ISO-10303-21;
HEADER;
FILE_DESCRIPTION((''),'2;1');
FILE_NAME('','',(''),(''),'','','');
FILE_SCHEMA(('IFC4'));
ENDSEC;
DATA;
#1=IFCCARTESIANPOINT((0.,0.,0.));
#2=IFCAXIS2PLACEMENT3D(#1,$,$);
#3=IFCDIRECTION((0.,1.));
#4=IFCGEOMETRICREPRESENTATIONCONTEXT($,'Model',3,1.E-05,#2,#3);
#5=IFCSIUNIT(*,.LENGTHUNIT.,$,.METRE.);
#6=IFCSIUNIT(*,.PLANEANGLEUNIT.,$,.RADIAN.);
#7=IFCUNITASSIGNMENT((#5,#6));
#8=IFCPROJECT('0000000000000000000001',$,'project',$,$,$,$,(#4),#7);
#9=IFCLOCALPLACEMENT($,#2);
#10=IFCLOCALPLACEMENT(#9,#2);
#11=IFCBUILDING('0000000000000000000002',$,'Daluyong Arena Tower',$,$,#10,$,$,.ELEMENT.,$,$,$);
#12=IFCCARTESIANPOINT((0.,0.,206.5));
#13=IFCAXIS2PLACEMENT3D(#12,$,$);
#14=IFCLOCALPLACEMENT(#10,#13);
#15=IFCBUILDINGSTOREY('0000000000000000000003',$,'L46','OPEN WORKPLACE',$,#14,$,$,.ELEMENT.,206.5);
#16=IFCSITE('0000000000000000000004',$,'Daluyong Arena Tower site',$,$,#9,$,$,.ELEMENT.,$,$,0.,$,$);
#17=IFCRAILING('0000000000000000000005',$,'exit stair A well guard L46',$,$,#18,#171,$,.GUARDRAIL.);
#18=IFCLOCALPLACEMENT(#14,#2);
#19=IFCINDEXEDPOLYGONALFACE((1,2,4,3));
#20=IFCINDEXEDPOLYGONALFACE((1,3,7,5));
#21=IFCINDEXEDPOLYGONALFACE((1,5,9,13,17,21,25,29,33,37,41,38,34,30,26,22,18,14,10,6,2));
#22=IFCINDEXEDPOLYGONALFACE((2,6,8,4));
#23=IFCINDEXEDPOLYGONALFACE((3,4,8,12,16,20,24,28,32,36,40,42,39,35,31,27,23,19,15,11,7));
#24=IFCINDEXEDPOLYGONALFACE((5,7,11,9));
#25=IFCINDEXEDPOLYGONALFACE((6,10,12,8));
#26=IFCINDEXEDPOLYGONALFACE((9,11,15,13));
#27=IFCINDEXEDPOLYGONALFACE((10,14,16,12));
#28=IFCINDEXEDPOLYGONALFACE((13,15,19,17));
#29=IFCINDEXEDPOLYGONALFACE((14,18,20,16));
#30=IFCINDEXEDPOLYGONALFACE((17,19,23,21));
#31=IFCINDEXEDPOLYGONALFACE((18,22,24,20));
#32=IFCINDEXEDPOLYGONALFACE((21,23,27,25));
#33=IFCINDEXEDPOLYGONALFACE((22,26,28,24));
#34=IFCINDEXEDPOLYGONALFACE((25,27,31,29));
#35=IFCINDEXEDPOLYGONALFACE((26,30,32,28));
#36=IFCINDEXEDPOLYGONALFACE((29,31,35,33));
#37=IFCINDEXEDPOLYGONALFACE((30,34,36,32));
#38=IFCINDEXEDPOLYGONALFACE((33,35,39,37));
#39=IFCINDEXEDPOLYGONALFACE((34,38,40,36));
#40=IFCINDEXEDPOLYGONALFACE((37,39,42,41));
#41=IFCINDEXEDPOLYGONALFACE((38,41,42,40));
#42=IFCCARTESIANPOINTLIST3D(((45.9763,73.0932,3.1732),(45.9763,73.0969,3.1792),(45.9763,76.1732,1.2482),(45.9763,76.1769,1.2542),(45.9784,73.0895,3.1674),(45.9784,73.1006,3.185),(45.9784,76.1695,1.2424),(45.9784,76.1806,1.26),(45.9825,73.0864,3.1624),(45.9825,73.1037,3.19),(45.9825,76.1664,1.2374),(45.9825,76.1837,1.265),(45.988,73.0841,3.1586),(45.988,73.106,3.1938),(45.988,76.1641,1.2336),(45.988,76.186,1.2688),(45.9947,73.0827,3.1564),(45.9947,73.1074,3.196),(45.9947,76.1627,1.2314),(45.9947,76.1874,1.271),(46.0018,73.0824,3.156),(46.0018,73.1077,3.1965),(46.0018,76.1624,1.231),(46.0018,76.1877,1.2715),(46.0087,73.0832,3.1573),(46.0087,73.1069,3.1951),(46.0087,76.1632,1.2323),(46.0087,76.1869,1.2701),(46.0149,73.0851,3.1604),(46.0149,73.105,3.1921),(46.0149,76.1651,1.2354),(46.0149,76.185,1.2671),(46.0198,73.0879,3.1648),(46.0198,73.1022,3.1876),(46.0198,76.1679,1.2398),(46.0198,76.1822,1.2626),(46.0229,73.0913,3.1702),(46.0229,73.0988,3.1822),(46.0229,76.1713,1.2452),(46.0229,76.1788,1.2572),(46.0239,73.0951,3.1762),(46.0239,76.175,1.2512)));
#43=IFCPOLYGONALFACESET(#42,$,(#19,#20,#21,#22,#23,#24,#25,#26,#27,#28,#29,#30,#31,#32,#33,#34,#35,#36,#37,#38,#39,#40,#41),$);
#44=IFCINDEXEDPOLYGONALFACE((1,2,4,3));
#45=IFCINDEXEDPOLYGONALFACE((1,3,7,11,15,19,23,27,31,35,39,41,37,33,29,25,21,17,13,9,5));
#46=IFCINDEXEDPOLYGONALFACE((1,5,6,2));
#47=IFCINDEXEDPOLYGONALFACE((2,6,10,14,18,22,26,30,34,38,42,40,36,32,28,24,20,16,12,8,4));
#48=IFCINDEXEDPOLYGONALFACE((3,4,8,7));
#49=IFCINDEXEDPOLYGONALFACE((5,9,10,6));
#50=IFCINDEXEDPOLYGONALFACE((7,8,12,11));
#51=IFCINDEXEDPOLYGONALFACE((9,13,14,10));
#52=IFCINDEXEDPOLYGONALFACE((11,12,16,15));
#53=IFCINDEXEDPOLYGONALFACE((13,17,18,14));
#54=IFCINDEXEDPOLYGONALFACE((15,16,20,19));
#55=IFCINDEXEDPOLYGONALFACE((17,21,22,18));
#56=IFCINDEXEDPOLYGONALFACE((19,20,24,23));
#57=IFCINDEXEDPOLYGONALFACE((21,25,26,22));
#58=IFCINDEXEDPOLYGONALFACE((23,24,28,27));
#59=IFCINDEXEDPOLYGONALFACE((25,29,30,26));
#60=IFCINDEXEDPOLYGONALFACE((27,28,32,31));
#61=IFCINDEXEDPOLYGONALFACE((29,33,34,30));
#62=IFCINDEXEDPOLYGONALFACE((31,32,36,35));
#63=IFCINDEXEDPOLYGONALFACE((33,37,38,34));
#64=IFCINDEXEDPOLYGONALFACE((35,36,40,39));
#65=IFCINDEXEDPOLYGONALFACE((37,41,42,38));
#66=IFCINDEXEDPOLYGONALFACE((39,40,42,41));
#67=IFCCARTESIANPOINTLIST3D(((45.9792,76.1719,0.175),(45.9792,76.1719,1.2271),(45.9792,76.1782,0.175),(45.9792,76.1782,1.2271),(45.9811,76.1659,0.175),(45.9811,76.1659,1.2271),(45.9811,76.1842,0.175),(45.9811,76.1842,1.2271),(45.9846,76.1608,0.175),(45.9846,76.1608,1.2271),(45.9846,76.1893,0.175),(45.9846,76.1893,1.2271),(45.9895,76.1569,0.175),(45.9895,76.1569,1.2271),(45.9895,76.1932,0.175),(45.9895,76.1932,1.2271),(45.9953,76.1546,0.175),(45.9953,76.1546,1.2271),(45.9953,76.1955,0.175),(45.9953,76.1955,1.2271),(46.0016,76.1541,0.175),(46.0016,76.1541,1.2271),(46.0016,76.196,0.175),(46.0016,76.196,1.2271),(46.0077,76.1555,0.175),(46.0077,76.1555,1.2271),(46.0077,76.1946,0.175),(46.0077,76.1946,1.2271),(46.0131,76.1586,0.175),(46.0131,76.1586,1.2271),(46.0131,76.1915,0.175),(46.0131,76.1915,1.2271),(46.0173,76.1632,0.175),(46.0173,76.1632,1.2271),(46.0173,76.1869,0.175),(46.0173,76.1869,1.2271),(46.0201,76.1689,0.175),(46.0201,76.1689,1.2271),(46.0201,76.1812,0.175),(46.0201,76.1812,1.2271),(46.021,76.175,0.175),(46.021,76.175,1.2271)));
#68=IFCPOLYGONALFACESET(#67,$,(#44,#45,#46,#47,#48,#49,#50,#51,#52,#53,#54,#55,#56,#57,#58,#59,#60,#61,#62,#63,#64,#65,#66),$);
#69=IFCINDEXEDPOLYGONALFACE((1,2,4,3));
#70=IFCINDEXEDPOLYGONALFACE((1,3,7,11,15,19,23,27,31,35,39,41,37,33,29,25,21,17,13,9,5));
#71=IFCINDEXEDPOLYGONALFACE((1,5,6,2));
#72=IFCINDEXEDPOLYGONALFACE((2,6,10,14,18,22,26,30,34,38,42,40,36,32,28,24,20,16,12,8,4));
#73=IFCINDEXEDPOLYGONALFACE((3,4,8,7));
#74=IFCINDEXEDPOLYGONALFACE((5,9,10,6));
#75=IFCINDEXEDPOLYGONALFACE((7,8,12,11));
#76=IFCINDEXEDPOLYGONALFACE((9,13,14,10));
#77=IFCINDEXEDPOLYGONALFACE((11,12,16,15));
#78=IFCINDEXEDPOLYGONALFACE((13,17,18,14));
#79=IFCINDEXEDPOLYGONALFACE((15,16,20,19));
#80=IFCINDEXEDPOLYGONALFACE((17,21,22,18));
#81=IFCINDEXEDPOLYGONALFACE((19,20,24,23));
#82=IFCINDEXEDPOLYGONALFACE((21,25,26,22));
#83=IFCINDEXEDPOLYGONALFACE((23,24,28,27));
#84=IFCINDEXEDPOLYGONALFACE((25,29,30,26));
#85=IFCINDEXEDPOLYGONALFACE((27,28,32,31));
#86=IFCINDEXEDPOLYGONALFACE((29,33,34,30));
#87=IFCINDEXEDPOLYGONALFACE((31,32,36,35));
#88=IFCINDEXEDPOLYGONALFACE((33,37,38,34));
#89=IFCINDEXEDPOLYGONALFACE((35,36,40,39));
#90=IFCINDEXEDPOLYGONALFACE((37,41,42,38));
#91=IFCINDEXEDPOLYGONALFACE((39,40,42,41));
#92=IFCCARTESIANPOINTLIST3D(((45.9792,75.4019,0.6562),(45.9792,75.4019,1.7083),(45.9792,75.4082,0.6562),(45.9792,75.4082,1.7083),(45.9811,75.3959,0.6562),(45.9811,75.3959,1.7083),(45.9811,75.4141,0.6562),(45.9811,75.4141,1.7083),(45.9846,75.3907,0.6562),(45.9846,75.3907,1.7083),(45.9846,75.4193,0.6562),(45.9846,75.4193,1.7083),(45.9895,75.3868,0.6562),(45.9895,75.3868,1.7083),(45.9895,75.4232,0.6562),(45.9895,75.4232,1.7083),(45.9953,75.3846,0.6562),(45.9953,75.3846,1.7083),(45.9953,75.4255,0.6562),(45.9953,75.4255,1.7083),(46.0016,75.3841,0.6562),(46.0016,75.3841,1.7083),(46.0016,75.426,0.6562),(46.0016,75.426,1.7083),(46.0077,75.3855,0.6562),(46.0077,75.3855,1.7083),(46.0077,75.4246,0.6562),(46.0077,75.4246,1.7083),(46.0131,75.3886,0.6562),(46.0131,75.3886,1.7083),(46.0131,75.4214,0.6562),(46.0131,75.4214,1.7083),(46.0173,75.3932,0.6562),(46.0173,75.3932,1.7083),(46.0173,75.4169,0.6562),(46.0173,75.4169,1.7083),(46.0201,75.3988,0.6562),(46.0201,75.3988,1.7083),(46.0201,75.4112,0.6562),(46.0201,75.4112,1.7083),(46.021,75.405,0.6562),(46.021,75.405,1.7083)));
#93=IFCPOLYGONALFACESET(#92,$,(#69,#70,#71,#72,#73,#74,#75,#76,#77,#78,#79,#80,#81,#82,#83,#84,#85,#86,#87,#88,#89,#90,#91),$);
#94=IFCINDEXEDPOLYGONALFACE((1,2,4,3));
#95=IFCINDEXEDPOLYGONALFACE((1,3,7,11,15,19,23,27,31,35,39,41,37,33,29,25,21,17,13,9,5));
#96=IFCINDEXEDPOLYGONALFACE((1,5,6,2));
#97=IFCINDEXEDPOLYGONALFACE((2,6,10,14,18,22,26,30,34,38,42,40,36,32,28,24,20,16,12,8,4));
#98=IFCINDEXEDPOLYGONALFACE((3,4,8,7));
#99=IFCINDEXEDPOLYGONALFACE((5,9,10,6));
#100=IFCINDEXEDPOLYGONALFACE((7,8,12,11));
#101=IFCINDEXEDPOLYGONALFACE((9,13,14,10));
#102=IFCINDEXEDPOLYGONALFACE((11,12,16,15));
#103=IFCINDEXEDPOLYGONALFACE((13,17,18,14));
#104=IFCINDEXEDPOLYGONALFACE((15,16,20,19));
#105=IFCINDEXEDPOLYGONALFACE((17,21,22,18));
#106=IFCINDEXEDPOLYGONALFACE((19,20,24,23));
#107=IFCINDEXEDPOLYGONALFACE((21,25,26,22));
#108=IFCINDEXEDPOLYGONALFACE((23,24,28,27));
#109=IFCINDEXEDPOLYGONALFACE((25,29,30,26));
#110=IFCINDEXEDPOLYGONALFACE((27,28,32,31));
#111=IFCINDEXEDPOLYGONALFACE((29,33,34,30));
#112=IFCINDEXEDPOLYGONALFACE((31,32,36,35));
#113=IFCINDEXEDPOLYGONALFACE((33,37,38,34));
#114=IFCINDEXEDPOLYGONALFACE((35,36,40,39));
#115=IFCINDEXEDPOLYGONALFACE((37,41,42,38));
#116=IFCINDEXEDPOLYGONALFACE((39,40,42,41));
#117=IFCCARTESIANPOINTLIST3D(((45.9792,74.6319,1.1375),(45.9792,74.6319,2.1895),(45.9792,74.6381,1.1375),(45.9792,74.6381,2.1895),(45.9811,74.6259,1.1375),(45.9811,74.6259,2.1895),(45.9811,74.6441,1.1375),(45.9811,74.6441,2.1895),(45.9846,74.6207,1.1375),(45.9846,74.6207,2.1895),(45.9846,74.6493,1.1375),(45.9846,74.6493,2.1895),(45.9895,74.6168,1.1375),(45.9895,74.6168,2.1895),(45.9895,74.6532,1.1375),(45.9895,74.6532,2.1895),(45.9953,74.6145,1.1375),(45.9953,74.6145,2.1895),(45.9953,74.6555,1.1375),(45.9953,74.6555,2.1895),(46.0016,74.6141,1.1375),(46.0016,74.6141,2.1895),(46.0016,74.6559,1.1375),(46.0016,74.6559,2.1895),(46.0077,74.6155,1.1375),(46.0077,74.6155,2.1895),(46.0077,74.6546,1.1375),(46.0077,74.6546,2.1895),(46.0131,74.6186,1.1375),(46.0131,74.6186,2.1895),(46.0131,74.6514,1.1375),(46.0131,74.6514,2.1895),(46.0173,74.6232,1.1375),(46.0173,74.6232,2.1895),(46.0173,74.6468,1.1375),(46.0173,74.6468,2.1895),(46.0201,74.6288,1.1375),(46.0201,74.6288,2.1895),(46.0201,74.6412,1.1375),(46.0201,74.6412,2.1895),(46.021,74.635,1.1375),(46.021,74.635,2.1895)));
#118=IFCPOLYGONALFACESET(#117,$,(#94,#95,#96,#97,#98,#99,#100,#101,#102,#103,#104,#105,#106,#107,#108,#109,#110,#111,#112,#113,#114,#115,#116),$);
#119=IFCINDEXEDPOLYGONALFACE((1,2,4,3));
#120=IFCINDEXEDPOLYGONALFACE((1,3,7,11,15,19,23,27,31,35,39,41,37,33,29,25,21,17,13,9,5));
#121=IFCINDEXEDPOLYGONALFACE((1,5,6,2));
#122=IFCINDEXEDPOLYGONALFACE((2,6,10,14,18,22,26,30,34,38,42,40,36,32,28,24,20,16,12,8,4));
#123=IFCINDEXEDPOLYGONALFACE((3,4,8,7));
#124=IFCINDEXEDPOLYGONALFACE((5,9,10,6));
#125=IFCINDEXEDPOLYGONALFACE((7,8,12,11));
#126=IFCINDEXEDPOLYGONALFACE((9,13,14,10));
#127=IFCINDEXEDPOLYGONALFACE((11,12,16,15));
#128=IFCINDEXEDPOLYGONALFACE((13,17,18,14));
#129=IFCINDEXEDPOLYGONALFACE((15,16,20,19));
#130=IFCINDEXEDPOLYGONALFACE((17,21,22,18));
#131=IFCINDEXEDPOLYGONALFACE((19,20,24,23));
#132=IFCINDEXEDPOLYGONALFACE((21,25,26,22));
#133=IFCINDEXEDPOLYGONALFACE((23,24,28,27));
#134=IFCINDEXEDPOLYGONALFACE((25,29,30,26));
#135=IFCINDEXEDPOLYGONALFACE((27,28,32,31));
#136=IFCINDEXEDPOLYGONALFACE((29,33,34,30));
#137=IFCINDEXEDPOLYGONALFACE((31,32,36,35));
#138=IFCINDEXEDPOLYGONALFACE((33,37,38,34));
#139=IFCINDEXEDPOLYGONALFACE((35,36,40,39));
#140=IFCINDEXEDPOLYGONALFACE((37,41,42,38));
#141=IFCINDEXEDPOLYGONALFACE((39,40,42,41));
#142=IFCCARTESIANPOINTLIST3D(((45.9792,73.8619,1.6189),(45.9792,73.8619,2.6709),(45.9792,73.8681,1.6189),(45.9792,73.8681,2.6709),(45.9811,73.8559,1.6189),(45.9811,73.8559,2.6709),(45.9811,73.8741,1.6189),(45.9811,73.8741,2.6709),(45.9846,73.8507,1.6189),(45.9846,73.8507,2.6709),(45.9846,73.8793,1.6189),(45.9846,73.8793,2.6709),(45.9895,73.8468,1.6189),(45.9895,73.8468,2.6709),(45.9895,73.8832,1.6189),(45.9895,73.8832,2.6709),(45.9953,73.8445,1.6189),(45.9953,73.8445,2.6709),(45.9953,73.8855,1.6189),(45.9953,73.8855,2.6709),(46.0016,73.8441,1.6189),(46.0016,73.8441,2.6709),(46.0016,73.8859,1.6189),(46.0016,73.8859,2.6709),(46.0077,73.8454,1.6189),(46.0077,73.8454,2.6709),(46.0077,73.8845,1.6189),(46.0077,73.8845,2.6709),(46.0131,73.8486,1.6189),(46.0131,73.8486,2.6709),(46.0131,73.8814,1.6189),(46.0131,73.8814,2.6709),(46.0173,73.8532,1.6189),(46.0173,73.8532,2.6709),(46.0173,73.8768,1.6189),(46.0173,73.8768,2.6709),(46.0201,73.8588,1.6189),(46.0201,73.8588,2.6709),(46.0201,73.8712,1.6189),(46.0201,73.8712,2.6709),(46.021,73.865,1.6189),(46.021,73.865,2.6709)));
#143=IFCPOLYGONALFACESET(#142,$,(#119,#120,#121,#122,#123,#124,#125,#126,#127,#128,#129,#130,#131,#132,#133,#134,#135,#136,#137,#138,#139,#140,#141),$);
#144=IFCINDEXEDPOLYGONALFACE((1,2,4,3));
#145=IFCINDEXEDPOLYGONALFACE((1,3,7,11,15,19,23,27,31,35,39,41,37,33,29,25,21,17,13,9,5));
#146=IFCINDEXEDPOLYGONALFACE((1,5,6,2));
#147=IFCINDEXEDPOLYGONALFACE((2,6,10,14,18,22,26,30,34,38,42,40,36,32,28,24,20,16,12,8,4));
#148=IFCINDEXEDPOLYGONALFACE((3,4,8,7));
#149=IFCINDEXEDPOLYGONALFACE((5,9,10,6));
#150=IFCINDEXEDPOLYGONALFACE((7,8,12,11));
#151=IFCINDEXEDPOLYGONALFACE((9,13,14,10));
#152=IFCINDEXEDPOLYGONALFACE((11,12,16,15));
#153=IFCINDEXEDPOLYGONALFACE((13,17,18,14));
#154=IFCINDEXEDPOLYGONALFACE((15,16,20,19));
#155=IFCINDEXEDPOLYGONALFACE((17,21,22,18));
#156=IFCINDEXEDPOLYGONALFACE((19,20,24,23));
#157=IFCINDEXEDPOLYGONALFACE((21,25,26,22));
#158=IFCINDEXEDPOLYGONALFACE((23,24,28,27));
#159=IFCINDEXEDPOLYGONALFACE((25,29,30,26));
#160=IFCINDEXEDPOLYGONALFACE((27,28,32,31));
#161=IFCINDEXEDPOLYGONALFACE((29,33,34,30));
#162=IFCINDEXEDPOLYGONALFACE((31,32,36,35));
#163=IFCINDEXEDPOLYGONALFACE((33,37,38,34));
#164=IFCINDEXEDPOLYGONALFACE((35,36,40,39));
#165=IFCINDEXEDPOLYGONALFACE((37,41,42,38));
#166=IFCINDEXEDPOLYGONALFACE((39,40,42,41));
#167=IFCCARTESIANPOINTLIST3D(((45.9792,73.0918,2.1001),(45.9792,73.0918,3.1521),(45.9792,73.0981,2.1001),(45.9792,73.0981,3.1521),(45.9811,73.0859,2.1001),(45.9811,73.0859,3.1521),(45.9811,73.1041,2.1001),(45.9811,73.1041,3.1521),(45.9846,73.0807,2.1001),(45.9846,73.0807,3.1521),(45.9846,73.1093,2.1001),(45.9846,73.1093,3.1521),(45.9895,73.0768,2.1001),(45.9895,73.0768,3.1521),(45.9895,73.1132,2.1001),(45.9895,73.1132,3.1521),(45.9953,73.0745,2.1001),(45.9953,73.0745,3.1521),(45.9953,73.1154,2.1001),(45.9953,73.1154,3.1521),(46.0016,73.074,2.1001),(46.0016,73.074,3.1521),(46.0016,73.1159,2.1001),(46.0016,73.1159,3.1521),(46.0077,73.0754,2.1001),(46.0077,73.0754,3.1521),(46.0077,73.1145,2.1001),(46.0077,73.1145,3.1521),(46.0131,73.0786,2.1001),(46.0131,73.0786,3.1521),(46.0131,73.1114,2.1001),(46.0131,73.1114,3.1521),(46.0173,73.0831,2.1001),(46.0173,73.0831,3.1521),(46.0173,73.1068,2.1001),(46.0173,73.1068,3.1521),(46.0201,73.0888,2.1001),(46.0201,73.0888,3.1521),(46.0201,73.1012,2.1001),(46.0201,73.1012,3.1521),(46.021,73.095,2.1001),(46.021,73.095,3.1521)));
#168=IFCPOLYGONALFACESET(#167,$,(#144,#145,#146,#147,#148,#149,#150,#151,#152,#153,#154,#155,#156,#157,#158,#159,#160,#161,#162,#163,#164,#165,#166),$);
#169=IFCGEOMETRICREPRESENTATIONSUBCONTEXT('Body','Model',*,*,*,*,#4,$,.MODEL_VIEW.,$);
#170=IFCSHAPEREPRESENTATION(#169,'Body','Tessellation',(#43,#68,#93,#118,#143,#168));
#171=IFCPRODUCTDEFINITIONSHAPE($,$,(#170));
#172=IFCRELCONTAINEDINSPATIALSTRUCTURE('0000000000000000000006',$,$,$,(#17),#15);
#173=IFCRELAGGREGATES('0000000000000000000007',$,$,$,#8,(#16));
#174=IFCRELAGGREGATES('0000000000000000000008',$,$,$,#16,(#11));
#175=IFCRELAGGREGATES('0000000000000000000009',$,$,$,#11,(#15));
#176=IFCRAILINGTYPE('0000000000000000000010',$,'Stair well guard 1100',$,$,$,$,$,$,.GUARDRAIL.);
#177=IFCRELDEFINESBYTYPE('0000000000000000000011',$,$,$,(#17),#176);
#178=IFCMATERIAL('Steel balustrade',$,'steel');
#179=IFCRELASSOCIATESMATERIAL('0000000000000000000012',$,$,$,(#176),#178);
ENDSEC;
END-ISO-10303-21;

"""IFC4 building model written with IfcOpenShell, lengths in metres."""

from ifc_helpers import new_model, si_unit, direction, frame, origin, origin_2d, place, context, subcontext, project, spatial, circle, extrude, material, type_object, element, save


model = new_model("IFC4")

# Units and contexts
model_context = context("Model", 3, precision=1e-05, world=origin(), true_north=direction((0.0, 1.0)))
body_context = subcontext(model_context, "Body", "Model", "MODEL_VIEW")
ifc_project = project(units=[si_unit("LENGTHUNIT", "METRE"), si_unit("PLANEANGLEUNIT", "RADIAN")], contexts=[model_context])

# Site, building, storey
site_placement = place(None, origin())
site = spatial("IfcSite", under=ifc_project, at=site_placement, Name="Daluyong Arena Tower site", CompositionType="ELEMENT", RefElevation=0.0)
building_placement = place(site_placement, origin())
building = spatial("IfcBuilding", under=site, at=building_placement, Name="Daluyong Arena Tower", CompositionType="ELEMENT")
storey_placement = place(building_placement, frame((0.0, 0.0, 206.5)))
storey = spatial("IfcBuildingStorey", under=building, at=storey_placement, Name="L46", Description="OPEN WORKPLACE", CompositionType="ELEMENT", Elevation=206.5)

# Railing
ifc_material_1 = material(Name="Steel balustrade", Category="steel")
railing_type_1 = type_object("IfcRailingType", Name="Stair well guard 1100", PredefinedType="GUARDRAIL", material=ifc_material_1)
railing_1_placement = place(storey_placement, frame((46.0, 76.175, 0.175)))
element("IfcRailing", 1, at=railing_1_placement, inside=storey, type_object=railing_type_1, Name="exit stair A well guard L46", PredefinedType="GUARDRAIL", context=body_context, shape_type="SweptSolid", body=[
    extrude(circle(Radius=0.0239, at=origin_2d()), frame((0.0, 0.0, 1.0762), z_axis=(0.0, -0.847998, 0.529999), x_axis=(1.0, 0.0, 0.0)), (0.0, 0.0, 1.0), 3.6321),
    extrude(circle(Radius=0.021, at=origin_2d()), origin(), (0.0, 0.0, 1.0), 1.052),
    extrude(circle(Radius=0.021, at=origin_2d()), frame((0.0, -0.77, 0.4812)), (0.0, 0.0, 1.0), 1.052),
    extrude(circle(Radius=0.021, at=origin_2d()), frame((0.0, -1.54, 0.9624)), (0.0, 0.0, 1.0), 1.052),
    extrude(circle(Radius=0.021, at=origin_2d()), frame((0.0, -2.3101, 1.4438)), (0.0, 0.0, 1.0), 1.052),
    extrude(circle(Radius=0.021, at=origin_2d()), frame((0.0, -3.0801, 1.925)), (0.0, 0.0, 1.0), 1.052),
])

save(model, "model.ifc")
